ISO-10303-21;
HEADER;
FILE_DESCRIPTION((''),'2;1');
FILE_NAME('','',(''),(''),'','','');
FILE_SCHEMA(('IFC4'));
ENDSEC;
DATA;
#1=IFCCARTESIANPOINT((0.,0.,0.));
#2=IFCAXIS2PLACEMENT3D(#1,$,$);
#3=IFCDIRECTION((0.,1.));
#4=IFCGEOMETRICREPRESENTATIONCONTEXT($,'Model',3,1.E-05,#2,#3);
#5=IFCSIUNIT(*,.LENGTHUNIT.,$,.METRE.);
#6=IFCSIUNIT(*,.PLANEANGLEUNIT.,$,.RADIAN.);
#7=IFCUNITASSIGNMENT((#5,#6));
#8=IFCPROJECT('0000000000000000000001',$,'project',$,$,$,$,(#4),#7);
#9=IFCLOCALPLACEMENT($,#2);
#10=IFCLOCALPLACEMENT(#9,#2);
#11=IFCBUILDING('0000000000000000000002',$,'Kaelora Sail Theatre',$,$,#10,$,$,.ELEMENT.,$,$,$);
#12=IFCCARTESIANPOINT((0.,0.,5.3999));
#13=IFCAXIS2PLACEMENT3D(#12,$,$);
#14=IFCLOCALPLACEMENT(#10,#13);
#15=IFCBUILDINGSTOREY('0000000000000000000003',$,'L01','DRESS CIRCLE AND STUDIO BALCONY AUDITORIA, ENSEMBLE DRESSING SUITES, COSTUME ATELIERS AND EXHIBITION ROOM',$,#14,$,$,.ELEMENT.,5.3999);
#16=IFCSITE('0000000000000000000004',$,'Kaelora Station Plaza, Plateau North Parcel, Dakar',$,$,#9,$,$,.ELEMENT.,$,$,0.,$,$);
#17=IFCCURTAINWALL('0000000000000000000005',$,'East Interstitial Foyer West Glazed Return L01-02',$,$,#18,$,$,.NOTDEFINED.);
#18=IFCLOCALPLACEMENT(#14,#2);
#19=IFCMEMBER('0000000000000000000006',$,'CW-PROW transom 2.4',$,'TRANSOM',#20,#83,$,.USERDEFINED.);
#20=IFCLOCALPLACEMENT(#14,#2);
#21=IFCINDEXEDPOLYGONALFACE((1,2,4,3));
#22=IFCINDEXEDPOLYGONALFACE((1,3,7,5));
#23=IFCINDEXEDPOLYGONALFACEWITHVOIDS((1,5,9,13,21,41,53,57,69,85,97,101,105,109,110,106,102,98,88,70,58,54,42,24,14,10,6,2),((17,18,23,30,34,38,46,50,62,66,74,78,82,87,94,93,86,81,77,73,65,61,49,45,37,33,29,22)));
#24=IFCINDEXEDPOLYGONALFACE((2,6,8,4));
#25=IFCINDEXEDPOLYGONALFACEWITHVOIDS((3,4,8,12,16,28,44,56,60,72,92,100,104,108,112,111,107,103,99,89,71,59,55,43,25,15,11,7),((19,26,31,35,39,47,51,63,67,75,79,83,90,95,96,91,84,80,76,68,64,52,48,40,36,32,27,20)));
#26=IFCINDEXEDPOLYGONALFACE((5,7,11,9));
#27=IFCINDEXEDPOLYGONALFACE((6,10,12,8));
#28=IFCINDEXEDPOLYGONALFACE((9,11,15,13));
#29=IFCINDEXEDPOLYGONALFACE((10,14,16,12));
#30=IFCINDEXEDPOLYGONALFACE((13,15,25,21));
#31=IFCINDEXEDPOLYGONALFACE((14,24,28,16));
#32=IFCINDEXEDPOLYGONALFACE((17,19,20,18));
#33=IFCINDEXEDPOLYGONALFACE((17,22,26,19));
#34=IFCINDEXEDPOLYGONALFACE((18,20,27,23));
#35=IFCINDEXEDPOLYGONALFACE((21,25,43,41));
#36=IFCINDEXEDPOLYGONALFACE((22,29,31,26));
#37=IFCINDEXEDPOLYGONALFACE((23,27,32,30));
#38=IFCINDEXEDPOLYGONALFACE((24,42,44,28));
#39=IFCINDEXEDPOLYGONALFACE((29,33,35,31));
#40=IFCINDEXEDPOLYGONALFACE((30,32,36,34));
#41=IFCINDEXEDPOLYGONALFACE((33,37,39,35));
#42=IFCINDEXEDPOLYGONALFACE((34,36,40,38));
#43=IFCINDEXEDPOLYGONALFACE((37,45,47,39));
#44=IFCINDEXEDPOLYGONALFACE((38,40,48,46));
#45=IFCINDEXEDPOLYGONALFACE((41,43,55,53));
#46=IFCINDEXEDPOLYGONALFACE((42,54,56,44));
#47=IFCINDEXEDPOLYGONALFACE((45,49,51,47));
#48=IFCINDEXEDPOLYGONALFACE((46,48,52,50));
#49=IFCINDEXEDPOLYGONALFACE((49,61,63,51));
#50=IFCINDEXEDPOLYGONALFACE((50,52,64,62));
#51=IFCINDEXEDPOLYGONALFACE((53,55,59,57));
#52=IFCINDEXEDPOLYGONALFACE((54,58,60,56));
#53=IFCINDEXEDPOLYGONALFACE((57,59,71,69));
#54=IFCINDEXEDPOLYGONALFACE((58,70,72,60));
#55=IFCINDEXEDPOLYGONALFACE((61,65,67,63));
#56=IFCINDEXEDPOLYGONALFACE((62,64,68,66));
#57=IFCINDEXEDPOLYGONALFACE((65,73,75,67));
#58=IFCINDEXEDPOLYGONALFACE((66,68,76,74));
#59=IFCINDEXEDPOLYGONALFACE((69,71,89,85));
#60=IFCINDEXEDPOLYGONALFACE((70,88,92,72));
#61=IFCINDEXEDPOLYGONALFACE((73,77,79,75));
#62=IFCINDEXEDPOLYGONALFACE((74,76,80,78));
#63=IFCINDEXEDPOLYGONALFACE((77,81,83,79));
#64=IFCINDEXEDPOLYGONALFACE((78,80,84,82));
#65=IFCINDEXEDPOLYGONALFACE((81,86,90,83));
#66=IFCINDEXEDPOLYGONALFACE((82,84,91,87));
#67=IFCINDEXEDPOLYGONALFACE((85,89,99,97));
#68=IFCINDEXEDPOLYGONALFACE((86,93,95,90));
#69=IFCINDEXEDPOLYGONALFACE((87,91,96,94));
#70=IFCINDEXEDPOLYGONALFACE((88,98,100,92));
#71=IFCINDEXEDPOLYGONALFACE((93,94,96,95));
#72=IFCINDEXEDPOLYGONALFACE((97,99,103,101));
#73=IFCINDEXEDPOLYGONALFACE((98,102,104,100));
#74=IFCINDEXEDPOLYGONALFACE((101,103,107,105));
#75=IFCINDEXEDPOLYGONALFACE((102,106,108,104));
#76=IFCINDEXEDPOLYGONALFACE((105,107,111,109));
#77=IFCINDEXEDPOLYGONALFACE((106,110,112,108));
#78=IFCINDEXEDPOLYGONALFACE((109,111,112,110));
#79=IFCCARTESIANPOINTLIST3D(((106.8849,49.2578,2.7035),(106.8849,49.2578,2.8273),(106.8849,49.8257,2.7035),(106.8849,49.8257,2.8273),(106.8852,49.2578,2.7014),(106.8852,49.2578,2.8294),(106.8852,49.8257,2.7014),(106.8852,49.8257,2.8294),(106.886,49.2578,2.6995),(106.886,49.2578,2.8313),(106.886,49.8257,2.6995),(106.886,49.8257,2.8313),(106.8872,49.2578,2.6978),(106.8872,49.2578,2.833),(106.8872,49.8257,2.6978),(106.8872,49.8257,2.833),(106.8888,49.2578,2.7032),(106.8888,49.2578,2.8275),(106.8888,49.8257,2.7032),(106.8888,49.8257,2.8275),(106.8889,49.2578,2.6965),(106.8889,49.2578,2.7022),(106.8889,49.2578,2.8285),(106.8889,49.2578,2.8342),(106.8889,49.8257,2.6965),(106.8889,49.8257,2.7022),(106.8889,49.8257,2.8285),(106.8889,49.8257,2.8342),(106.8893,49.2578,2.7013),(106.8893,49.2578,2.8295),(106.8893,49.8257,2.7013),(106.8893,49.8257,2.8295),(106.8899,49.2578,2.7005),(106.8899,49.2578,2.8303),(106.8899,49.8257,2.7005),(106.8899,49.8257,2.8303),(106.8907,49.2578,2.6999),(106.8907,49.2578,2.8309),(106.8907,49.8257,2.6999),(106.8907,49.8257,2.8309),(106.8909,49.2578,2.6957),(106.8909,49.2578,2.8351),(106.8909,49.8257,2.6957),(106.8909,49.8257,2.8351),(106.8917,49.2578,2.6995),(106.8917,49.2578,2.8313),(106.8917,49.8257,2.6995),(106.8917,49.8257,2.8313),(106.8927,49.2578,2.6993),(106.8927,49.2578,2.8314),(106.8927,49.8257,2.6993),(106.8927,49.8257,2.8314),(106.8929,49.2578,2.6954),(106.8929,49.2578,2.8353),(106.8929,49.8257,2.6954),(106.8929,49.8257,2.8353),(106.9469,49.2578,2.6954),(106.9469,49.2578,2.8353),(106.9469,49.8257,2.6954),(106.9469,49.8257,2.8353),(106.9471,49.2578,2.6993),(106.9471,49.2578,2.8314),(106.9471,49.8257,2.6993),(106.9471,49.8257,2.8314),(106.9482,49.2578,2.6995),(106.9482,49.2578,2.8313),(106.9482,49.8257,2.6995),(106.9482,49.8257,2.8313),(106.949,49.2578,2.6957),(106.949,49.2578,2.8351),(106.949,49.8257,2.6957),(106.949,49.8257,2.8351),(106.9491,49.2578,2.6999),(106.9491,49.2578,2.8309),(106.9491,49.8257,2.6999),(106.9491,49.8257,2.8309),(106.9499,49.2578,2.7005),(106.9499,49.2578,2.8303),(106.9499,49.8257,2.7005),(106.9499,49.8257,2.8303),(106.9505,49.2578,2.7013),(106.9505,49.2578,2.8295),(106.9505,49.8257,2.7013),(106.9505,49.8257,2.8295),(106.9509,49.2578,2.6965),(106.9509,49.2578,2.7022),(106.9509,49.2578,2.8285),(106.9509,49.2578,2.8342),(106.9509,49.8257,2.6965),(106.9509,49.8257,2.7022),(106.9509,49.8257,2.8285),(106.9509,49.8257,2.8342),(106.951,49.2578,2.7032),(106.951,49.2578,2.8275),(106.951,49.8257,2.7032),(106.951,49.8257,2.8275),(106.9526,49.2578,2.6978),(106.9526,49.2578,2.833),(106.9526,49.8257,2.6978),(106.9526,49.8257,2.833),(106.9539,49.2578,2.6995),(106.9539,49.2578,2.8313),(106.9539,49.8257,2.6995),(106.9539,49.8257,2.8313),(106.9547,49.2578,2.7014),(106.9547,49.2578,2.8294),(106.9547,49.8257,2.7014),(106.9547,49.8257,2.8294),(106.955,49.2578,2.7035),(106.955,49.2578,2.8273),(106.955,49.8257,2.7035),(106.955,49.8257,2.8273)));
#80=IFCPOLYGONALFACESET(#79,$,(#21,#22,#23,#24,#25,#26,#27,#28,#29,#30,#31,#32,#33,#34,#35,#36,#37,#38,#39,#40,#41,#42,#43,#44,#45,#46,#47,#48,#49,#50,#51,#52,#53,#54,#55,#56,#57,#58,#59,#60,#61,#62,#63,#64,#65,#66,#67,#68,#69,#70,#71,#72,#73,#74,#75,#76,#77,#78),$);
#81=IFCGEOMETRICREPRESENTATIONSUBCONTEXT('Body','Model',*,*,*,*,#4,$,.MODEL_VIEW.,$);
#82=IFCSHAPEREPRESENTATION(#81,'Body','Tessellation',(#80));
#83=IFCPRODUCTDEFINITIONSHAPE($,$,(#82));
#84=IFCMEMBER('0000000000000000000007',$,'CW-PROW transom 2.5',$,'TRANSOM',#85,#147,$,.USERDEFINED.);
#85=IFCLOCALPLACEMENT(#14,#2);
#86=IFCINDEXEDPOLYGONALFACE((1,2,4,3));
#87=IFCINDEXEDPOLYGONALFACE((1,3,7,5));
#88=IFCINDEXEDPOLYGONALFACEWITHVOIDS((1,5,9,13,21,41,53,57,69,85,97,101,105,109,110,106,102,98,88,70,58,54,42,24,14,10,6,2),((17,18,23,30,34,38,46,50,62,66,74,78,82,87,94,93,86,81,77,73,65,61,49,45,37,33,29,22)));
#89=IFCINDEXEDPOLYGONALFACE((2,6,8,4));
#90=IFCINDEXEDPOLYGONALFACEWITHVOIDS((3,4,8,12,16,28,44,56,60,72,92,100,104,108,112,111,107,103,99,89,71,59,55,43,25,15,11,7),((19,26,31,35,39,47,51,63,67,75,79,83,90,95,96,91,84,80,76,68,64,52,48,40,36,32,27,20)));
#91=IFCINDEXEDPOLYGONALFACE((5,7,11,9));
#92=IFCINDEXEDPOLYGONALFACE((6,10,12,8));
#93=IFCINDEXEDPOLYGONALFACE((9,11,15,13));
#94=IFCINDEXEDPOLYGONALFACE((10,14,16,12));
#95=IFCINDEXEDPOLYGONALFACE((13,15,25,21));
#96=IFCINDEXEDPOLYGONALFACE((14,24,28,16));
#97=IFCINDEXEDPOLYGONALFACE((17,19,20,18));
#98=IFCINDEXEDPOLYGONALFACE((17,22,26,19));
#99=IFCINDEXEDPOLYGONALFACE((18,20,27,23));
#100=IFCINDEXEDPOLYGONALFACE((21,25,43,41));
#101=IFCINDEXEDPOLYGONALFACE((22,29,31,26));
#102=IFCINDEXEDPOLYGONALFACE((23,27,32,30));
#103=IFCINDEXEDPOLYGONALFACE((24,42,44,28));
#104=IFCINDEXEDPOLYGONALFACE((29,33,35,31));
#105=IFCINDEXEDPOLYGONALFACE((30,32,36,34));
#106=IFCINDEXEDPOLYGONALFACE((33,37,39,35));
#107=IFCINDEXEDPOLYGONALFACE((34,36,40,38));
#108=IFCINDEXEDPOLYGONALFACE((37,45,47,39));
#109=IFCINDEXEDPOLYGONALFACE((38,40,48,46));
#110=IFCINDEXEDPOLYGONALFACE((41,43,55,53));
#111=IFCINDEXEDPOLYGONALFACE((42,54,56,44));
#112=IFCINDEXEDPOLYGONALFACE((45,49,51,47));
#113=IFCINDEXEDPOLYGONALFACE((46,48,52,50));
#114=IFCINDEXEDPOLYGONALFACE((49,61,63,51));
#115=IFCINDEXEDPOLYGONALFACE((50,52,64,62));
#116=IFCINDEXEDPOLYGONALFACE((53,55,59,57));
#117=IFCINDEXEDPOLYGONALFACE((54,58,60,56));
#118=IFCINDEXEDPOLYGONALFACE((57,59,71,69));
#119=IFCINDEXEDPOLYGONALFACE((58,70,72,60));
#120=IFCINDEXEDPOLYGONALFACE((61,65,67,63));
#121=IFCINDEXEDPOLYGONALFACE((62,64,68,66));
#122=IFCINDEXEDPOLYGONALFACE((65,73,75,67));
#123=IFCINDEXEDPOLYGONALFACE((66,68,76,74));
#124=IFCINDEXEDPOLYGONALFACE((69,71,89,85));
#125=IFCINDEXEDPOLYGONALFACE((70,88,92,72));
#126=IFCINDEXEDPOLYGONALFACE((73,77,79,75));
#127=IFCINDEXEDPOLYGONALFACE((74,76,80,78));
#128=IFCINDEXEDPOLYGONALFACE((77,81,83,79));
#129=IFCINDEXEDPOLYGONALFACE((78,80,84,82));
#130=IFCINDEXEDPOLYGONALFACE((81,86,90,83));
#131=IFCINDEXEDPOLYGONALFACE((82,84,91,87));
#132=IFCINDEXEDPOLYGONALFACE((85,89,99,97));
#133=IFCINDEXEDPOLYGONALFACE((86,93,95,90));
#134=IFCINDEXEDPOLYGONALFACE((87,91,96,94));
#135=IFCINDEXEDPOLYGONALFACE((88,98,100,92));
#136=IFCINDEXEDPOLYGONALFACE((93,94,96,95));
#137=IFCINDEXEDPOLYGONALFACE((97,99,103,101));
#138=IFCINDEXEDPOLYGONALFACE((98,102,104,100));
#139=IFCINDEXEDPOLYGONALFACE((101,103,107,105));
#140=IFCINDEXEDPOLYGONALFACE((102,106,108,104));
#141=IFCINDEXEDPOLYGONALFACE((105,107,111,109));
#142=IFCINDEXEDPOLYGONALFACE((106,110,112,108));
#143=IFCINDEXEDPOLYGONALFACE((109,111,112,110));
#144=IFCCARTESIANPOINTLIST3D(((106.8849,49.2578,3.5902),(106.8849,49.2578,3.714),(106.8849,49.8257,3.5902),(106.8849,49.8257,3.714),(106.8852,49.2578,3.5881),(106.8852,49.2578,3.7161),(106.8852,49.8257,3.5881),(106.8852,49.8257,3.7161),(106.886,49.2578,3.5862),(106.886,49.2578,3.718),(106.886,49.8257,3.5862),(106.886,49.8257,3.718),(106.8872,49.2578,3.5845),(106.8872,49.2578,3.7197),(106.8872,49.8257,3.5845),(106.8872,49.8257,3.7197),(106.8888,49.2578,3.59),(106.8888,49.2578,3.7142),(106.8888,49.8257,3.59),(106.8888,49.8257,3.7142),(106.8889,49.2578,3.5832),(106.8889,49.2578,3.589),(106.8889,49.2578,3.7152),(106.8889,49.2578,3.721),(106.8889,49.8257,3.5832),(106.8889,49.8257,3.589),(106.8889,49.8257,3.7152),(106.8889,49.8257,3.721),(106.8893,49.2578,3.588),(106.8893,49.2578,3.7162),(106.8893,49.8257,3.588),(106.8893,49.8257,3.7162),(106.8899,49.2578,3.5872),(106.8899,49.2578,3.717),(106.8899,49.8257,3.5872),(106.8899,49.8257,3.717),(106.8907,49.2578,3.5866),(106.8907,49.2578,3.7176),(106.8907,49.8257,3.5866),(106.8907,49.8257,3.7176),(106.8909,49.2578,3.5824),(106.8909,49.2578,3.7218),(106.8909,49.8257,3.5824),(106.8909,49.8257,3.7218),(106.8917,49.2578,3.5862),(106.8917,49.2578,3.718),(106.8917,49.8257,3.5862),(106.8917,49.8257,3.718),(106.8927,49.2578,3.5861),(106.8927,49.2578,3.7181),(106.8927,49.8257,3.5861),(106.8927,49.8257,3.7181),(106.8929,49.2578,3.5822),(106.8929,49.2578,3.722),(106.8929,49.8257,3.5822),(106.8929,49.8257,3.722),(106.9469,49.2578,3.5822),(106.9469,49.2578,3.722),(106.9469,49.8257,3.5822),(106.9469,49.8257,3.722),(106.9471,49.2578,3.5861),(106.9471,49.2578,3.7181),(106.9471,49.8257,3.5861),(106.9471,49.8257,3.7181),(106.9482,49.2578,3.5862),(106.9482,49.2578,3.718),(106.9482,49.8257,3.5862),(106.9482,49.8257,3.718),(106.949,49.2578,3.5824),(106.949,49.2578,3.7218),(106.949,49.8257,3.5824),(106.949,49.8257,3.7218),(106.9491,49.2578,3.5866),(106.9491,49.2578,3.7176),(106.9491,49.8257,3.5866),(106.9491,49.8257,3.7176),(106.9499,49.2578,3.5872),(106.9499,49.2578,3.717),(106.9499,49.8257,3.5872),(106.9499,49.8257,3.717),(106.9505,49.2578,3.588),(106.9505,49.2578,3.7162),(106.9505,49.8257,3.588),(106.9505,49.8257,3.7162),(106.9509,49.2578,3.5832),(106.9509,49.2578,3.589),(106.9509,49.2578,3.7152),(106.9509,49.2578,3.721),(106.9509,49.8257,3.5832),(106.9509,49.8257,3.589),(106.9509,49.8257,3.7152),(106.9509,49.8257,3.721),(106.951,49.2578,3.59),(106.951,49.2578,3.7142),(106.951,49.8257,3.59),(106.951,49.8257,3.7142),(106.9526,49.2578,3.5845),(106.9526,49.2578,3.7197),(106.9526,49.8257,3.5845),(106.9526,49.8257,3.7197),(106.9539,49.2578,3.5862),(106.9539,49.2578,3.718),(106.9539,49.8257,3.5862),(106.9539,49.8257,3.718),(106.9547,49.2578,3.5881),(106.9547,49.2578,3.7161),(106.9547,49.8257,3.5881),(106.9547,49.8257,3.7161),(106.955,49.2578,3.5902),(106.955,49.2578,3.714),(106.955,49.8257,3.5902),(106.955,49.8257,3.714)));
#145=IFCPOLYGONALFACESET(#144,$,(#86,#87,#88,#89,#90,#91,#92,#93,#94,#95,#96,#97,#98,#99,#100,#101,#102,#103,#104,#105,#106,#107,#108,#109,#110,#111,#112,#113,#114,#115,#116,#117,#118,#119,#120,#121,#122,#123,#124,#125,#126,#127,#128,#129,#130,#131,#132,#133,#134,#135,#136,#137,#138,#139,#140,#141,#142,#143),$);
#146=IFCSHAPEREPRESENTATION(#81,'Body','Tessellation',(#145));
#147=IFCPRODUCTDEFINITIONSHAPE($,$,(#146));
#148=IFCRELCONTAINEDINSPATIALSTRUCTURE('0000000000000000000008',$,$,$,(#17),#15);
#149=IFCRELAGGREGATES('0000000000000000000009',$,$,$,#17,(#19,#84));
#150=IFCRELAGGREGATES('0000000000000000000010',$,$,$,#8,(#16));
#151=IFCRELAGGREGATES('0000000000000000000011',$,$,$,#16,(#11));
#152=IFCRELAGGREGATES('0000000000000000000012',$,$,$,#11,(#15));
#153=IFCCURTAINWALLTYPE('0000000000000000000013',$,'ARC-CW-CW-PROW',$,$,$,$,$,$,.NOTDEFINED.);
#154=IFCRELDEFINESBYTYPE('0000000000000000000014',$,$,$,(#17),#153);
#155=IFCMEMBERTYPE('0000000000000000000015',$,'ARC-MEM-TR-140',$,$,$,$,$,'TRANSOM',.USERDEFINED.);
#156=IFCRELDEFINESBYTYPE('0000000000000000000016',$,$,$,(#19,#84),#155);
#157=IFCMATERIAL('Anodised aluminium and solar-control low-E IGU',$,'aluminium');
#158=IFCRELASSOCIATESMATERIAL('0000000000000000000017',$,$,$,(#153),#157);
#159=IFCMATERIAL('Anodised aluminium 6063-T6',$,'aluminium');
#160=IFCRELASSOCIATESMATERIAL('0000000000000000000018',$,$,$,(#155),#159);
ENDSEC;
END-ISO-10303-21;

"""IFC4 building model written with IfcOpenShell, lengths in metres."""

from ifc_helpers import new_model, si_unit, direction, frame, origin, origin_2d, place, context, subcontext, project, spatial, hollow_rectangle, extrude, material, material_profile, profile_set, type_object, element, aggregate, save


model = new_model("IFC4")

# Units and contexts
model_context = context("Model", 3, precision=1e-05, world=origin(), true_north=direction((0.0, 1.0)))
body_context = subcontext(model_context, "Body", "Model", "MODEL_VIEW")
ifc_project = project(units=[si_unit("LENGTHUNIT", "METRE"), si_unit("PLANEANGLEUNIT", "RADIAN")], contexts=[model_context])

# Site, building, storey
site_placement = place(None, origin())
site = spatial("IfcSite", under=ifc_project, at=site_placement, Name="Kaelora Station Plaza, Plateau North Parcel, Dakar", CompositionType="ELEMENT", RefElevation=0.0)
building_placement = place(site_placement, origin())
building = spatial("IfcBuilding", under=site, at=building_placement, Name="Kaelora Sail Theatre", CompositionType="ELEMENT")
storey_placement = place(building_placement, frame((0.0, 0.0, 5.3999)))
storey = spatial("IfcBuildingStorey", under=building, at=storey_placement, Name="L01", Description="DRESS CIRCLE AND STUDIO BALCONY AUDITORIA, ENSEMBLE DRESSING SUITES, COSTUME ATELIERS AND EXHIBITION ROOM", CompositionType="ELEMENT", Elevation=5.3999)

# Shared definitions
ifc_material_1 = material(Name="Anodised aluminium and solar-control low-E IGU", Category="aluminium")
curtain_wall_type = type_object("IfcCurtainWallType", Name="ARC-CW-CW-PROW", PredefinedType="NOTDEFINED", material=ifc_material_1)

# Curtain wall, members
curtain_wall_1_placement = place(storey_placement, origin())
curtain_wall_1 = element("IfcCurtainWall", 1, at=curtain_wall_1_placement, inside=storey, type_object=curtain_wall_type, Name="East Interstitial Foyer West Glazed Return L01-02", PredefinedType="NOTDEFINED")
ifc_material_2 = material(Name="Anodised aluminium 6063-T6", Category="aluminium")
ifc_material_profile_1 = material_profile(ifc_material_2, hollow_rectangle(XDim=0.0701, YDim=0.1399, WallThickness=0.0039, InnerFilletRadius=0.0039, OuterFilletRadius=0.0081, at=origin_2d()), Name="ALU-TRAN 70x140x4")
ifc_profile_set_1 = profile_set([ifc_material_profile_1], Name="Anodised aluminium 6063-T6")
member_type_1 = type_object("IfcMemberType", Name="ARC-MEM-TR-140", ElementType="TRANSOM", PredefinedType="USERDEFINED", material=ifc_profile_set_1)
member_1_placement = place(storey_placement, frame((106.9199, 49.2578, 2.7654), z_axis=(0.0, 1.0, 0.0), x_axis=(-1.0, 0.0, 0.0)))
member_1 = element("IfcMember", 2, at=member_1_placement, type_object=member_type_1, Name="CW-PROW transom 2.4", ObjectType="TRANSOM", PredefinedType="USERDEFINED", context=body_context, shape_type="SweptSolid", body=[
    extrude(hollow_rectangle(XDim=0.0701, YDim=0.1399, WallThickness=0.0039, InnerFilletRadius=0.0039, OuterFilletRadius=0.0081, at=origin_2d()), origin(), (0.0, 0.0, 1.0), 0.5679),
])
member_2_placement = place(storey_placement, frame((106.9199, 49.2578, 3.6521), z_axis=(0.0, 1.0, 0.0), x_axis=(-1.0, 0.0, 0.0)))
member_2 = element("IfcMember", 3, at=member_2_placement, type_object=member_type_1, Name="CW-PROW transom 2.5", ObjectType="TRANSOM", PredefinedType="USERDEFINED", context=body_context, shape_type="SweptSolid", body=[
    extrude(hollow_rectangle(XDim=0.0701, YDim=0.1399, WallThickness=0.0039, InnerFilletRadius=0.0039, OuterFilletRadius=0.0081, at=origin_2d()), origin(), (0.0, 0.0, 1.0), 0.5679),
])

aggregate(curtain_wall_1, [member_1, member_2])

save(model, "model.ifc")
